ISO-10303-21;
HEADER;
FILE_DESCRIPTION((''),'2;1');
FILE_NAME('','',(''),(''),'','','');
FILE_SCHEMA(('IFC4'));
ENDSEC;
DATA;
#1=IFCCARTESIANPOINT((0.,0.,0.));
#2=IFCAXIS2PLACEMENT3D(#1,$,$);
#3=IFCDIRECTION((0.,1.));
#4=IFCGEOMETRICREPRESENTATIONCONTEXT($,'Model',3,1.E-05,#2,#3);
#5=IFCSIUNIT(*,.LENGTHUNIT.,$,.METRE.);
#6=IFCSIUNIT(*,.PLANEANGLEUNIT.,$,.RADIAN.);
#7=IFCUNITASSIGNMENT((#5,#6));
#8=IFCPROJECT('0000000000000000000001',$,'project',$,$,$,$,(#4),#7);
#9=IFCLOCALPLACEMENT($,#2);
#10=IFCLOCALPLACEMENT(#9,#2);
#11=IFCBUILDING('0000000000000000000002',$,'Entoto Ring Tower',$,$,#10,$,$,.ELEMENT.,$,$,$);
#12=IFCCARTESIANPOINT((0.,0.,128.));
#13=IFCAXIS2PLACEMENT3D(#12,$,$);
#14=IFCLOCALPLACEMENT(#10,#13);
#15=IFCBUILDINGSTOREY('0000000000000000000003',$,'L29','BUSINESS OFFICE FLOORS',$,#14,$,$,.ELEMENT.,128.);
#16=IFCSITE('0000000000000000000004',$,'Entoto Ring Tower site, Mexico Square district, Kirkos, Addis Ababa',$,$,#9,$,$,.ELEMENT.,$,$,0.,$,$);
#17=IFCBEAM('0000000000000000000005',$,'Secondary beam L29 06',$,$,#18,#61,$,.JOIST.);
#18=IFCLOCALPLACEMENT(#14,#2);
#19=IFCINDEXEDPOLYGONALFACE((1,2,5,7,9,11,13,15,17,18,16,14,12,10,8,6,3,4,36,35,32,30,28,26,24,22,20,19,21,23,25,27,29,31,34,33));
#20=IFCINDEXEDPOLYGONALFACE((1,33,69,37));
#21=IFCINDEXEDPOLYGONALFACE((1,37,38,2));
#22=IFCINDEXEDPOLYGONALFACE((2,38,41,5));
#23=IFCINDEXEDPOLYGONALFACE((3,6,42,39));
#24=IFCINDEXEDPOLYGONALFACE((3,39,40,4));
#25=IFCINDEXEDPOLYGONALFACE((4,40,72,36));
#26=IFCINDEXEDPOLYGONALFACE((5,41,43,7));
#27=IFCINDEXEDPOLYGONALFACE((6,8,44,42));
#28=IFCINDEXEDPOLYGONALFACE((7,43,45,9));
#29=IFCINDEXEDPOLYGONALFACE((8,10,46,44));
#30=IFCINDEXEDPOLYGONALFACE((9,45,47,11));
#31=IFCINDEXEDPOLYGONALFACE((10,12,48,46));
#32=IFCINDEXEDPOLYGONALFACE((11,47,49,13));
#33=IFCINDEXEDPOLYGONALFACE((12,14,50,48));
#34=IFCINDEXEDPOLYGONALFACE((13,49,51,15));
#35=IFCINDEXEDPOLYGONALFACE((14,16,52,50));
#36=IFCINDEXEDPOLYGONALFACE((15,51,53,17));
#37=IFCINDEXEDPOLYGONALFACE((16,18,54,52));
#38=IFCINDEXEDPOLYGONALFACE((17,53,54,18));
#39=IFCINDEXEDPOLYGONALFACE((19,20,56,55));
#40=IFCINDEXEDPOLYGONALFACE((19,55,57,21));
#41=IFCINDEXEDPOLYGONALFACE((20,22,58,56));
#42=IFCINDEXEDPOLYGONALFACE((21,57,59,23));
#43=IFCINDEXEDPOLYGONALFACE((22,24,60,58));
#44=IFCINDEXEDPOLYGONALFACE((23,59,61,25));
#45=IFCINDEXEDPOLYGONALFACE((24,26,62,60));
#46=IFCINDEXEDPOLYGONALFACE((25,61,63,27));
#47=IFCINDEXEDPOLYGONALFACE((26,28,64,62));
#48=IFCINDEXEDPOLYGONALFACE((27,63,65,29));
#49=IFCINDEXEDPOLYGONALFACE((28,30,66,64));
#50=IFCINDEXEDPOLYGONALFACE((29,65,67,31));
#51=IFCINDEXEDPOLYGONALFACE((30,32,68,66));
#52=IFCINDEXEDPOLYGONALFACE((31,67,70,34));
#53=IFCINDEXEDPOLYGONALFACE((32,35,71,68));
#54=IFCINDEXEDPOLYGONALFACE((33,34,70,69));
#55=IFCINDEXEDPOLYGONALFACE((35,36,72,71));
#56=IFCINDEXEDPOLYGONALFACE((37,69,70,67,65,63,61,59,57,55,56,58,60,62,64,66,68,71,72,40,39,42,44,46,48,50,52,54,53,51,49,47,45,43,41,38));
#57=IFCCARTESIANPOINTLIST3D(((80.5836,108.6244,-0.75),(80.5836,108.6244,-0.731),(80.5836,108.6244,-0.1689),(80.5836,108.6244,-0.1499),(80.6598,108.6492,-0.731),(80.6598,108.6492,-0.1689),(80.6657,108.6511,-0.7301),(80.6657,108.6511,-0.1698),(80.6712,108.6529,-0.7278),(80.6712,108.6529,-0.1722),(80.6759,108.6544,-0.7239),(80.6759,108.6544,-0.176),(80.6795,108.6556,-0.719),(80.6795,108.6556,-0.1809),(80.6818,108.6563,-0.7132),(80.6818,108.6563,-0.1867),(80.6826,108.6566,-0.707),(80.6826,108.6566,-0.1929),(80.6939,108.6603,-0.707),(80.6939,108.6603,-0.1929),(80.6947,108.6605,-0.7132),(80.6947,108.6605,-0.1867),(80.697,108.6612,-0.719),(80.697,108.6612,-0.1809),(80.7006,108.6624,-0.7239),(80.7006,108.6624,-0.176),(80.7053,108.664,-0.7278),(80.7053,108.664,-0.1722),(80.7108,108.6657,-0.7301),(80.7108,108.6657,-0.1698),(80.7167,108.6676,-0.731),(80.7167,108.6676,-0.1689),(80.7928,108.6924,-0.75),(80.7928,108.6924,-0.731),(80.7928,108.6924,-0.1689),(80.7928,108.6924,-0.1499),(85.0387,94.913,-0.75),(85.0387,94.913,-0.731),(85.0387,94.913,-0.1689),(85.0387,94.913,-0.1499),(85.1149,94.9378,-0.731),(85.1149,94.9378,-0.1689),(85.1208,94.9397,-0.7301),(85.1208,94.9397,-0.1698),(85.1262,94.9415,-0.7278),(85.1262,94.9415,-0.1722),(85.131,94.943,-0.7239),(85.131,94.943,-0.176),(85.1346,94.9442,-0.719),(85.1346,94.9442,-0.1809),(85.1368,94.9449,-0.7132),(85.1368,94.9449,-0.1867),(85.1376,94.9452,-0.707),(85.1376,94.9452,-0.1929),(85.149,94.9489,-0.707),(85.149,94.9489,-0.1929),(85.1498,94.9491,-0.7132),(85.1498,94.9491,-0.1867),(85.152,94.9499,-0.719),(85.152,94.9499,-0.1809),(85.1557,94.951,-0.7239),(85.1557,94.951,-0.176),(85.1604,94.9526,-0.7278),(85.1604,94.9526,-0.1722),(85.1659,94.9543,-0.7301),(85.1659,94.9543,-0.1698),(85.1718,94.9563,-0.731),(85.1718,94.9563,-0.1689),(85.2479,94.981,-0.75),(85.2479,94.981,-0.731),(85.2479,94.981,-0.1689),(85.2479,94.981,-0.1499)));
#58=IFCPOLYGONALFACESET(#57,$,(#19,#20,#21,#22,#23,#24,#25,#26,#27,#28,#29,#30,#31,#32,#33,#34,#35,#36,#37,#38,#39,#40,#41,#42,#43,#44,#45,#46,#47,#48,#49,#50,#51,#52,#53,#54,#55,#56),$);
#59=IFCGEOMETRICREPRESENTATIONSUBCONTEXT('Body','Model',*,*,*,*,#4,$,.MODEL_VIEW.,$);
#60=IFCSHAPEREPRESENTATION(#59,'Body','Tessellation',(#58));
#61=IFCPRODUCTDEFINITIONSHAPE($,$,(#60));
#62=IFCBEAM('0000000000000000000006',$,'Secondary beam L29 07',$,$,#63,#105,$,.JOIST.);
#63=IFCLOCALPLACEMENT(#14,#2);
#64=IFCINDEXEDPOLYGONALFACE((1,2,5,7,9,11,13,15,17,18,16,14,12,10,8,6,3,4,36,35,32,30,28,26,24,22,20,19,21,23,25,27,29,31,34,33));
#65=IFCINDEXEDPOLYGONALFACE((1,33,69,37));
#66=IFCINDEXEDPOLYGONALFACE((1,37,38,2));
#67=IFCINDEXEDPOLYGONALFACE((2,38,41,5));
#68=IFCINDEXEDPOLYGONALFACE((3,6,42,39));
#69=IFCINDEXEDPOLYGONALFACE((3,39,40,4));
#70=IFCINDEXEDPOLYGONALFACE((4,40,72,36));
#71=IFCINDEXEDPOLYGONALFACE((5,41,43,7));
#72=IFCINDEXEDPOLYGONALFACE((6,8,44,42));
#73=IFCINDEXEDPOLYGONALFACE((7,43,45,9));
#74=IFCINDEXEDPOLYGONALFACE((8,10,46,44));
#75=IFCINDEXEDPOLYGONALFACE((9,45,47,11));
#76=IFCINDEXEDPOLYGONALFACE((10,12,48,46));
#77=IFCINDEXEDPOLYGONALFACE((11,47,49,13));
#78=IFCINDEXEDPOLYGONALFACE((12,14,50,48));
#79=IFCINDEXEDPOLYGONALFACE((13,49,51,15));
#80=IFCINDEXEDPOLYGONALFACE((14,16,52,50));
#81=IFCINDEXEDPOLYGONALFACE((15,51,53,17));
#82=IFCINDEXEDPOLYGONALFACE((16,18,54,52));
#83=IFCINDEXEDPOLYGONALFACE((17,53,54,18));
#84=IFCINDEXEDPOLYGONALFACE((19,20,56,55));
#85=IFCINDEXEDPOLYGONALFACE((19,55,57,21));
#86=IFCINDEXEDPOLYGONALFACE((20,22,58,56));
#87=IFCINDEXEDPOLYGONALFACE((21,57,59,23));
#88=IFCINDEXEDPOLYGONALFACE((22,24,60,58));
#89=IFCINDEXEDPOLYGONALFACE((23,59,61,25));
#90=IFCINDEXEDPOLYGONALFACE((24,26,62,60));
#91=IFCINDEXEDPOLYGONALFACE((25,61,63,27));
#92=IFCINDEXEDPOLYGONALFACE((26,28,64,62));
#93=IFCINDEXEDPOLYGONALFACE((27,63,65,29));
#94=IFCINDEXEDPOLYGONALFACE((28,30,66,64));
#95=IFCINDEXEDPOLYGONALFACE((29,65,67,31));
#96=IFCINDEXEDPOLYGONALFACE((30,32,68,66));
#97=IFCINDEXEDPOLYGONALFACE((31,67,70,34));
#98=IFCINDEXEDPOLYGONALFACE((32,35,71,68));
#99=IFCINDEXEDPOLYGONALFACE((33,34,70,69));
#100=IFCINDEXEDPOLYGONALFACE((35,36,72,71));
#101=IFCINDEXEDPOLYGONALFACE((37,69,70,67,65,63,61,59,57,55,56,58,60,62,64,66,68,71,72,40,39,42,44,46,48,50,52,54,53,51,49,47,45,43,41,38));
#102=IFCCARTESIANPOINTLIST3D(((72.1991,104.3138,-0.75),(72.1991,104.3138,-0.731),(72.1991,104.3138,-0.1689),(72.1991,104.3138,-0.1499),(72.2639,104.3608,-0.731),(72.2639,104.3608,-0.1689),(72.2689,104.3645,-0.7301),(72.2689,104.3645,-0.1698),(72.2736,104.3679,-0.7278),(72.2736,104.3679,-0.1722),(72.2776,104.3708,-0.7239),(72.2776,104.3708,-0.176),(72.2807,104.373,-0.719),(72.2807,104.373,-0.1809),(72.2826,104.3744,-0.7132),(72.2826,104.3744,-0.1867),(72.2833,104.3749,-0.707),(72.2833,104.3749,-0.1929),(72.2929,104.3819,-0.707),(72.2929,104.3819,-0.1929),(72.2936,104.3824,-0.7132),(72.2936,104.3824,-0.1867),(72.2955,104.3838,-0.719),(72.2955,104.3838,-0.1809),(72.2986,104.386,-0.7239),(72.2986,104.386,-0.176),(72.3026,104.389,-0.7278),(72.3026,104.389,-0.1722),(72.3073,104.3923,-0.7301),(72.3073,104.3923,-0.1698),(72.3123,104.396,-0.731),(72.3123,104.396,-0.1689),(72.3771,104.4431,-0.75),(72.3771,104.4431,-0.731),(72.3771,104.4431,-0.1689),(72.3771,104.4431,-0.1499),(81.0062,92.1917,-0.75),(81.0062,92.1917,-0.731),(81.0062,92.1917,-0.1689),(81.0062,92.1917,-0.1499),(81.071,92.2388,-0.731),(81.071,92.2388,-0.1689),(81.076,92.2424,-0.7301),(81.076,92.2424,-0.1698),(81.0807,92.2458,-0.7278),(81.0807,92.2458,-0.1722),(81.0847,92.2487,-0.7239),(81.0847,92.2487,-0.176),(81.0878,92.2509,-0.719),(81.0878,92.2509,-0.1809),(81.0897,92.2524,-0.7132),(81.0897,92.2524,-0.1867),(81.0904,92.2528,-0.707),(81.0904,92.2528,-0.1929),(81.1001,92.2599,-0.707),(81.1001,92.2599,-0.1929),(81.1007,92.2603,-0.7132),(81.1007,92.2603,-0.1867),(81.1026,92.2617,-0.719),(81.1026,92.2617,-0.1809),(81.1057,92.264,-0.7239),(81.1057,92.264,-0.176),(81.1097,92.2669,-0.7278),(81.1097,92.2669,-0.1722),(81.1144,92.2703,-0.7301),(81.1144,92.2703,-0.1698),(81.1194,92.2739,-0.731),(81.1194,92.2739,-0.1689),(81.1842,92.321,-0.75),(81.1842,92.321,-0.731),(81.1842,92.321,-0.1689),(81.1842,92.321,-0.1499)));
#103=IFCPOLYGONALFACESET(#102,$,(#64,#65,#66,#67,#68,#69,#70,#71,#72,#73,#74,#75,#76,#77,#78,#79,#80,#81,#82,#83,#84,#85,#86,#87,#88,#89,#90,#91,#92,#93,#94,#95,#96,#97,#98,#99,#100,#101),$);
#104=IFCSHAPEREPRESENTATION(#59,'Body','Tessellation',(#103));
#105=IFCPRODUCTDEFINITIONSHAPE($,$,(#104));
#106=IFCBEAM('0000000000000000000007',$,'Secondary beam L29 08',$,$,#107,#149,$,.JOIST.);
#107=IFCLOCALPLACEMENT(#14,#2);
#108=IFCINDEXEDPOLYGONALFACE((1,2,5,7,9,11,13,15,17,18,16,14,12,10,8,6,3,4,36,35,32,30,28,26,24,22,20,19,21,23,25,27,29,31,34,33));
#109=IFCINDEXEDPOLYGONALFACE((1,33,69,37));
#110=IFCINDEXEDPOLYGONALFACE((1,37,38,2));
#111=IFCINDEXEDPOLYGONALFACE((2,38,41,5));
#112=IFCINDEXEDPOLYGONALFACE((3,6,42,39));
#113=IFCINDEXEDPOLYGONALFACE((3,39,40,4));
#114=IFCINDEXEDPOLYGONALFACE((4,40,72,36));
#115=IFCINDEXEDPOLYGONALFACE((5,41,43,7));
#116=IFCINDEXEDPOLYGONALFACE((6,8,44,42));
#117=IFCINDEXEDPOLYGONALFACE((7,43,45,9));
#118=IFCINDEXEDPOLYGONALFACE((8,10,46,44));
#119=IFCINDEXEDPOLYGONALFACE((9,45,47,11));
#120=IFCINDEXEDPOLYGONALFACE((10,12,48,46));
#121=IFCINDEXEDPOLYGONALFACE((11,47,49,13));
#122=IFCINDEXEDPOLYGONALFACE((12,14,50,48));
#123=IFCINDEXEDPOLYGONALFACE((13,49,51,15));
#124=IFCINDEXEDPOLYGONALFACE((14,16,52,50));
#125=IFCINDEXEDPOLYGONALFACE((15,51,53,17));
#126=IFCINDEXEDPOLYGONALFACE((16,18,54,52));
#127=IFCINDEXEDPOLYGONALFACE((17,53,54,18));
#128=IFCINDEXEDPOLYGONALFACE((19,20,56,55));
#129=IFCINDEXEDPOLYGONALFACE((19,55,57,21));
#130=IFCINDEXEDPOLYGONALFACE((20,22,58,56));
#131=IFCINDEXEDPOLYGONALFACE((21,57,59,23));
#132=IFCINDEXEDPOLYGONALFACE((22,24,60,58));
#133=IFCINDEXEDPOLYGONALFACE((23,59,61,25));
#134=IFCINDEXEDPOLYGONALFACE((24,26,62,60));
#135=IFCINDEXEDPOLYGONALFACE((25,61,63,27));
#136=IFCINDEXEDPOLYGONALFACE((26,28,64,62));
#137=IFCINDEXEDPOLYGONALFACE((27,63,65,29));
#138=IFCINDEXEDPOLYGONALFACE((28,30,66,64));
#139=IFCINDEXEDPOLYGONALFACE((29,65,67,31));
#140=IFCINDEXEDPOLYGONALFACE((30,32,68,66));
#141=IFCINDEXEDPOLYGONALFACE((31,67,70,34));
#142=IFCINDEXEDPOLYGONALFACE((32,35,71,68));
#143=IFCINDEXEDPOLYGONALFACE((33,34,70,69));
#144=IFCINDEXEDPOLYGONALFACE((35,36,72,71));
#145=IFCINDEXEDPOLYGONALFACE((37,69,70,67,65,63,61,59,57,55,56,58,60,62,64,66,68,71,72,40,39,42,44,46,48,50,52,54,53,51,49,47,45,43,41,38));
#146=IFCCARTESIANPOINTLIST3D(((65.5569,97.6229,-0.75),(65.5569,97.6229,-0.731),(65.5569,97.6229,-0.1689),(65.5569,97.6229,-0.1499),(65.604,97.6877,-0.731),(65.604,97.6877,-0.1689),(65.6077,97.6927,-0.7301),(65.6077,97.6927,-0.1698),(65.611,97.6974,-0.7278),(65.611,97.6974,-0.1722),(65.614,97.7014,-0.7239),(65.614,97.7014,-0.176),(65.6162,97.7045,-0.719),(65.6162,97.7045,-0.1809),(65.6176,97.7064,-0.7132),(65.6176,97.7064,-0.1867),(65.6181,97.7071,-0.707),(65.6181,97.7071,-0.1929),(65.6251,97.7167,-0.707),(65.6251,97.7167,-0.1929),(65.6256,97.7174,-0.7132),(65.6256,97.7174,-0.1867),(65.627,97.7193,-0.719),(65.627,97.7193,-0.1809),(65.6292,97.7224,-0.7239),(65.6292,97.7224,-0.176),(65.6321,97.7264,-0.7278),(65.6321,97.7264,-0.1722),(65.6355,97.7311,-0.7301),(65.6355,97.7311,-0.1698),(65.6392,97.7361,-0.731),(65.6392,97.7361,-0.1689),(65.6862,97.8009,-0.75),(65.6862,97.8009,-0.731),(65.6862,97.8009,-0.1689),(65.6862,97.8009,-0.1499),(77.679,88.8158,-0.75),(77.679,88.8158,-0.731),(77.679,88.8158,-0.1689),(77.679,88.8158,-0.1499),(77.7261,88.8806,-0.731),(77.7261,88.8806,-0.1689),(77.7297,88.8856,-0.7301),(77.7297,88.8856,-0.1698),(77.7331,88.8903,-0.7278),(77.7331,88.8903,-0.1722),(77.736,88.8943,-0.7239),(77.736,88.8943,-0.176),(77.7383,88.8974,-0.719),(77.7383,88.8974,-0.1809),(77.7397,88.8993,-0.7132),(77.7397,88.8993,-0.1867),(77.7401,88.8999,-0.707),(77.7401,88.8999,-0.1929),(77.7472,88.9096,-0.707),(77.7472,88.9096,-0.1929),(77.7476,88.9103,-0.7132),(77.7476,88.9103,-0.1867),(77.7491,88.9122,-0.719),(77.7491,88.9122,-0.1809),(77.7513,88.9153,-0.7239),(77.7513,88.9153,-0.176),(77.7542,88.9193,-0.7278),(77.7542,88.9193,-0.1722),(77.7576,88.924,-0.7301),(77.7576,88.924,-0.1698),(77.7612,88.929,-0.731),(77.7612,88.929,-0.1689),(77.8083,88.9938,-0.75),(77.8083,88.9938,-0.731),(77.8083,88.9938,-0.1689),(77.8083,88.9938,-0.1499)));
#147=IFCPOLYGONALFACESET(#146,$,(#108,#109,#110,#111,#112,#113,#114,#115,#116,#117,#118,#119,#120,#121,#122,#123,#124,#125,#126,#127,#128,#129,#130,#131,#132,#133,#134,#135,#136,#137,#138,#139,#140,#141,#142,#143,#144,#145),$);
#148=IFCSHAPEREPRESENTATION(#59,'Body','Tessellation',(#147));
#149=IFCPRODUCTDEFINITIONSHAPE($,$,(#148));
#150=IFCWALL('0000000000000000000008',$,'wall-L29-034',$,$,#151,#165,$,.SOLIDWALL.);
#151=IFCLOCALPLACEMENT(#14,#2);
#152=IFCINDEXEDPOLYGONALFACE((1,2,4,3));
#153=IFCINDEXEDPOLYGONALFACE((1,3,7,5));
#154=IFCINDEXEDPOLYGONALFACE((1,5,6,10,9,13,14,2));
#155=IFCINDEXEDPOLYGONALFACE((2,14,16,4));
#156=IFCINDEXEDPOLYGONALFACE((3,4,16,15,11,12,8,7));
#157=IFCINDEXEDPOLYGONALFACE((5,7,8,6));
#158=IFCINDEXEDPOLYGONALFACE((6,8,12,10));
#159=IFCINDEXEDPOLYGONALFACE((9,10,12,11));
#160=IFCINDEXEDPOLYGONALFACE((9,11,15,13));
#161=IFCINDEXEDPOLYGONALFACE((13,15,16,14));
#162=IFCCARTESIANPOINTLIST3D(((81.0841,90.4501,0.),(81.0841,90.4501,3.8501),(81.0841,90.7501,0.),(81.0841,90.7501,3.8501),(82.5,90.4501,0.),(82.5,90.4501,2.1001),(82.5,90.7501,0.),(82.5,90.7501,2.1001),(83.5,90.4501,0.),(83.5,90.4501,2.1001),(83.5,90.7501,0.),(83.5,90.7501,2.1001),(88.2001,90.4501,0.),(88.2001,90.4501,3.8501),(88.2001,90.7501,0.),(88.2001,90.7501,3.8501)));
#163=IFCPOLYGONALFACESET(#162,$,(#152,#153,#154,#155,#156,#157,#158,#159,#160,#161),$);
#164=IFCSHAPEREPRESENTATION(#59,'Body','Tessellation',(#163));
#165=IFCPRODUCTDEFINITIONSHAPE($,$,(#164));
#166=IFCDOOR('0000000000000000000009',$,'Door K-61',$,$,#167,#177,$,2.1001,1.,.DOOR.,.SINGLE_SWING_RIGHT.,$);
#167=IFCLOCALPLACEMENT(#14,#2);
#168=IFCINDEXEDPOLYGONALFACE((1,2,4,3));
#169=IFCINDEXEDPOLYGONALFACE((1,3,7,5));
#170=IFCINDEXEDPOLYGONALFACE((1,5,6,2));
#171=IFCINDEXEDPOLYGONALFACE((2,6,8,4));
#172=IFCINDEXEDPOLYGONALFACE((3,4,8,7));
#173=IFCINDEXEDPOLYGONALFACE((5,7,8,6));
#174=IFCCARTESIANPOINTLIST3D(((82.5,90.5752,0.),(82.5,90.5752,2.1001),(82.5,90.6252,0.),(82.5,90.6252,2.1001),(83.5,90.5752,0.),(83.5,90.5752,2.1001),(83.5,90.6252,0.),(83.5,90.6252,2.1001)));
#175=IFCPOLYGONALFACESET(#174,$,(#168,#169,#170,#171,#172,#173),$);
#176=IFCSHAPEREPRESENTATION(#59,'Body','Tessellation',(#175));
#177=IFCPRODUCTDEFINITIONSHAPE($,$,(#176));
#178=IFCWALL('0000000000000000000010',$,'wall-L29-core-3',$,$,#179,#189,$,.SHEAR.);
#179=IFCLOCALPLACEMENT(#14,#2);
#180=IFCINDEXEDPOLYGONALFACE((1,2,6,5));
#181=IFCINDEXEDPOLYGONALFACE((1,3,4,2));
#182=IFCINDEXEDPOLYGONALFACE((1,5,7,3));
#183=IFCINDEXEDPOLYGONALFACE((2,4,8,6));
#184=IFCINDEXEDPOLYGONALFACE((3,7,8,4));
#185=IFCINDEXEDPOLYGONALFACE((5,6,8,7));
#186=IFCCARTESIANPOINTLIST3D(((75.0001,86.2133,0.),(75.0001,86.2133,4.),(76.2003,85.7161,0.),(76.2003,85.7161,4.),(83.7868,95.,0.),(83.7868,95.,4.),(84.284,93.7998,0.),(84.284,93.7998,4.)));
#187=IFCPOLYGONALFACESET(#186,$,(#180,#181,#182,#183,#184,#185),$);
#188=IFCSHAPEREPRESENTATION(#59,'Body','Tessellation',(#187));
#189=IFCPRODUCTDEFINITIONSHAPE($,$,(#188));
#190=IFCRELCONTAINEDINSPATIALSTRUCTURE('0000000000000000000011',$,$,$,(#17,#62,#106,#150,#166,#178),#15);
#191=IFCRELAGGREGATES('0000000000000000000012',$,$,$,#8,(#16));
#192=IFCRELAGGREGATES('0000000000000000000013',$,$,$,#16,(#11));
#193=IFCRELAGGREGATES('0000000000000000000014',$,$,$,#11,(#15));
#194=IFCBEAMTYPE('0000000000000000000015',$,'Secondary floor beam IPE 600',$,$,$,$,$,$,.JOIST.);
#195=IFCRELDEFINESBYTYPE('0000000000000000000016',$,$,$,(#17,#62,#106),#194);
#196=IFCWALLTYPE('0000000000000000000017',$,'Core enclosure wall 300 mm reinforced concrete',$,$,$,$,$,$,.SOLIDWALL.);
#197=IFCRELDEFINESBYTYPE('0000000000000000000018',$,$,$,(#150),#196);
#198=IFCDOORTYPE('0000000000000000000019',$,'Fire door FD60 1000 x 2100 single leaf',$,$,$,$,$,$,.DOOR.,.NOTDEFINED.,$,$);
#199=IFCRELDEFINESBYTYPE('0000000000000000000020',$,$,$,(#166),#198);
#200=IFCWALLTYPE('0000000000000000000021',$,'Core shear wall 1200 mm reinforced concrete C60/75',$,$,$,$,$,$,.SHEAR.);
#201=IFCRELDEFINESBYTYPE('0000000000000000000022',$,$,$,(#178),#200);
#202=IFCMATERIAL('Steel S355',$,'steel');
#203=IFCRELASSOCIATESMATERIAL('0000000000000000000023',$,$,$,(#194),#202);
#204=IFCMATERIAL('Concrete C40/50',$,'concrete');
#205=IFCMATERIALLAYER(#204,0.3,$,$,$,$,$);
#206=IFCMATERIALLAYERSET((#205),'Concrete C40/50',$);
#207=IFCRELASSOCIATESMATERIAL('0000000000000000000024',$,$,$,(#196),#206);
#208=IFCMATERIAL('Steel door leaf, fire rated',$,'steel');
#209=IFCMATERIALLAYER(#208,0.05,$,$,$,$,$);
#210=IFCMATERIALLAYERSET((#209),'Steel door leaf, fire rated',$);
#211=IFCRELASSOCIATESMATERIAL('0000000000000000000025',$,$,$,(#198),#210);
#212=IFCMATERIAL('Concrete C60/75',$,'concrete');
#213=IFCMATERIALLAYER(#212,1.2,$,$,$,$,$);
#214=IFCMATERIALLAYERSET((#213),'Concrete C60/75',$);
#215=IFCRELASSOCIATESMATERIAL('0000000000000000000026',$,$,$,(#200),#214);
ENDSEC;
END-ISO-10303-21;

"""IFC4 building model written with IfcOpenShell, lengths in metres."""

from ifc_helpers import new_model, si_unit, direction, frame, frame_2d, origin, origin_2d, place, context, subcontext, project, spatial, polyline, rectangle, i_section, outline, extrude, material, layer, layer_set, material_profile, profile_set, type_object, element, fill, save


model = new_model("IFC4")

# Units and contexts
model_context = context("Model", 3, precision=1e-05, world=origin(), true_north=direction((0.0, 1.0)))
body_context = subcontext(model_context, "Body", "Model", "MODEL_VIEW")
ifc_project = project(units=[si_unit("LENGTHUNIT", "METRE"), si_unit("PLANEANGLEUNIT", "RADIAN")], contexts=[model_context])

# Site, building, storey
site_placement = place(None, origin())
site = spatial("IfcSite", under=ifc_project, at=site_placement, Name="Entoto Ring Tower site, Mexico Square district, Kirkos, Addis Ababa", CompositionType="ELEMENT", RefElevation=0.0)
building_placement = place(site_placement, origin())
building = spatial("IfcBuilding", under=site, at=building_placement, Name="Entoto Ring Tower", CompositionType="ELEMENT")
storey_placement = place(building_placement, frame((0.0, 0.0, 128.0)))
storey = spatial("IfcBuildingStorey", under=building, at=storey_placement, Name="L29", Description="BUSINESS OFFICE FLOORS", CompositionType="ELEMENT", Elevation=128.0)

# Beams
ifc_material_1 = material(Name="Steel S355", Category="steel")
ifc_material_profile_1 = material_profile(ifc_material_1, i_section(OverallWidth=0.22, OverallDepth=0.6001, WebThickness=0.012, FlangeThickness=0.019, FilletRadius=0.0239, at=origin_2d()), Name="IPE 600")
ifc_profile_set_1 = profile_set([ifc_material_profile_1], Name="Steel S355")
beam_type_1 = type_object("IfcBeamType", Name="Secondary floor beam IPE 600", PredefinedType="JOIST", material=ifc_profile_set_1)
beam_1_placement = place(storey_placement, frame((85.1433, 94.947, -0.45), z_axis=(-0.309015, 0.951057, 0.0), x_axis=(-0.951057, -0.309015, 0.0)))
element("IfcBeam", 1, at=beam_1_placement, inside=storey, type_object=beam_type_1, Name="Secondary beam L29 06", PredefinedType="JOIST", context=body_context, shape_type="SweptSolid", body=[
    extrude(i_section(OverallWidth=0.22, OverallDepth=0.6001, WebThickness=0.012, FlangeThickness=0.019, FilletRadius=0.0239, at=origin_2d()), origin(), (0.0, 0.0, 1.0), 14.417),
])
for number, where, z_axis, x_axis, name in (
    (2, (81.0952, 92.2563, -0.45), (-0.587782, 0.809019, 0.0), (-0.809019, -0.587782, 0.0), "Secondary beam L29 07"),
    (3, (77.7437, 88.9048, -0.45), (-0.809019, 0.587782, 0.0), (-0.587782, -0.809019, 0.0), "Secondary beam L29 08"),
):
    element("IfcBeam", number, at=place(storey_placement, frame(where, z_axis=z_axis, x_axis=x_axis)), inside=storey, type_object=beam_type_1, Name=name, PredefinedType="JOIST", context=body_context, shape_type="SweptSolid", body=[
        extrude(i_section(OverallWidth=0.22, OverallDepth=0.6001, WebThickness=0.012, FlangeThickness=0.019, FilletRadius=0.0239, at=origin_2d()), origin(), (0.0, 0.0, 1.0), 14.9836),
    ])

# Wall, opening, door
ifc_material_2 = material(Name="Concrete C40/50", Category="concrete")
ifc_layer_1 = layer(ifc_material_2, 0.3)
ifc_layer_set_1 = layer_set([ifc_layer_1], Name="Concrete C40/50")
wall_type_1 = type_object("IfcWallType", Name="Core enclosure wall 300 mm reinforced concrete", PredefinedType="SOLIDWALL", material=ifc_layer_set_1)
wall_1_placement = place(storey_placement, frame((81.084, 90.6001, 0.0), z_axis=(0.0, 0.0, 1.0), x_axis=(1.0, 0.0, 0.0)))
wall_1 = element("IfcWall", 4, at=wall_1_placement, inside=storey, type_object=wall_type_1, Name="wall-L29-034", PredefinedType="SOLIDWALL", context=body_context, shape_type="SweptSolid", body=[
    extrude(rectangle(XDim=7.116, YDim=0.3, at=frame_2d((3.5581, 0.0))), origin(), (0.0, 0.0, 1.0), 3.8501),
])
opening_1_placement = place(wall_1_placement, frame((1.416, 0.0, 0.0)))
opening_1 = element("IfcOpeningElement", 5, at=opening_1_placement, cuts=wall_1, PredefinedType="OPENING", context=body_context, shape_type="SweptSolid", body=[
    extrude(rectangle(XDim=1.0, YDim=2.1001, at=frame_2d((0.5, 1.05))), frame((0.0, 0.1602, 0.0), z_axis=(0.0, -1.0, 0.0), x_axis=(1.0, 0.0, 0.0)), (0.0, 0.0, 1.0), 0.3201),
])
ifc_material_3 = material(Name="Steel door leaf, fire rated", Category="steel")
ifc_layer_2 = layer(ifc_material_3, 0.05)
ifc_layer_set_2 = layer_set([ifc_layer_2], Name="Steel door leaf, fire rated")
door_type_1 = type_object("IfcDoorType", Name="Fire door FD60 1000 x 2100 single leaf", OperationType="NOTDEFINED", PredefinedType="DOOR", material=ifc_layer_set_2)
door_1_placement = place(opening_1_placement, frame((1.0, 0.0, 0.0), z_axis=(0.0, 0.0, 1.0), x_axis=(-1.0, 0.0, 0.0)))
door_1 = element("IfcDoor", 6, at=door_1_placement, inside=storey, type_object=door_type_1, Name="Door K-61", OperationType="SINGLE_SWING_RIGHT", OverallHeight=2.1001, OverallWidth=1.0, PredefinedType="DOOR", context=body_context, shape_type="SweptSolid", body=[
    extrude(rectangle(XDim=1.0, YDim=2.1001, at=frame_2d((0.5, 1.05))), frame((0.0, 0.0249, 0.0), z_axis=(0.0, -1.0, 0.0), x_axis=(1.0, 0.0, 0.0)), (0.0, 0.0, 1.0), 0.05),
])
fill(opening_1, door_1)

# Wall
ifc_material_4 = material(Name="Concrete C60/75", Category="concrete")
ifc_layer_3 = layer(ifc_material_4, 1.2)
ifc_layer_set_3 = layer_set([ifc_layer_3], Name="Concrete C60/75")
wall_type_2 = type_object("IfcWallType", Name="Core shear wall 1200 mm reinforced concrete C60/75", PredefinedType="SHEAR", material=ifc_layer_set_3)
wall_2_placement = place(storey_placement, frame((84.0354, 94.3999, 0.0), z_axis=(0.0, 0.0, 1.0), x_axis=(-0.707107, -0.707107, 0.0)))
element("IfcWall", 7, at=wall_2_placement, inside=storey, type_object=wall_type_2, Name="wall-L29-core-3", PredefinedType="SHEAR", context=body_context, shape_type="SweptSolid", body=[
    extrude(outline(polyline([(-0.2485, -0.6001), (12.1777, -0.6001), (11.6807, 0.6001), (0.2485, 0.6001), (-0.2485, -0.6001)])), origin(), (0.0, 0.0, 1.0), 4.0),
])

save(model, "model.ifc")
